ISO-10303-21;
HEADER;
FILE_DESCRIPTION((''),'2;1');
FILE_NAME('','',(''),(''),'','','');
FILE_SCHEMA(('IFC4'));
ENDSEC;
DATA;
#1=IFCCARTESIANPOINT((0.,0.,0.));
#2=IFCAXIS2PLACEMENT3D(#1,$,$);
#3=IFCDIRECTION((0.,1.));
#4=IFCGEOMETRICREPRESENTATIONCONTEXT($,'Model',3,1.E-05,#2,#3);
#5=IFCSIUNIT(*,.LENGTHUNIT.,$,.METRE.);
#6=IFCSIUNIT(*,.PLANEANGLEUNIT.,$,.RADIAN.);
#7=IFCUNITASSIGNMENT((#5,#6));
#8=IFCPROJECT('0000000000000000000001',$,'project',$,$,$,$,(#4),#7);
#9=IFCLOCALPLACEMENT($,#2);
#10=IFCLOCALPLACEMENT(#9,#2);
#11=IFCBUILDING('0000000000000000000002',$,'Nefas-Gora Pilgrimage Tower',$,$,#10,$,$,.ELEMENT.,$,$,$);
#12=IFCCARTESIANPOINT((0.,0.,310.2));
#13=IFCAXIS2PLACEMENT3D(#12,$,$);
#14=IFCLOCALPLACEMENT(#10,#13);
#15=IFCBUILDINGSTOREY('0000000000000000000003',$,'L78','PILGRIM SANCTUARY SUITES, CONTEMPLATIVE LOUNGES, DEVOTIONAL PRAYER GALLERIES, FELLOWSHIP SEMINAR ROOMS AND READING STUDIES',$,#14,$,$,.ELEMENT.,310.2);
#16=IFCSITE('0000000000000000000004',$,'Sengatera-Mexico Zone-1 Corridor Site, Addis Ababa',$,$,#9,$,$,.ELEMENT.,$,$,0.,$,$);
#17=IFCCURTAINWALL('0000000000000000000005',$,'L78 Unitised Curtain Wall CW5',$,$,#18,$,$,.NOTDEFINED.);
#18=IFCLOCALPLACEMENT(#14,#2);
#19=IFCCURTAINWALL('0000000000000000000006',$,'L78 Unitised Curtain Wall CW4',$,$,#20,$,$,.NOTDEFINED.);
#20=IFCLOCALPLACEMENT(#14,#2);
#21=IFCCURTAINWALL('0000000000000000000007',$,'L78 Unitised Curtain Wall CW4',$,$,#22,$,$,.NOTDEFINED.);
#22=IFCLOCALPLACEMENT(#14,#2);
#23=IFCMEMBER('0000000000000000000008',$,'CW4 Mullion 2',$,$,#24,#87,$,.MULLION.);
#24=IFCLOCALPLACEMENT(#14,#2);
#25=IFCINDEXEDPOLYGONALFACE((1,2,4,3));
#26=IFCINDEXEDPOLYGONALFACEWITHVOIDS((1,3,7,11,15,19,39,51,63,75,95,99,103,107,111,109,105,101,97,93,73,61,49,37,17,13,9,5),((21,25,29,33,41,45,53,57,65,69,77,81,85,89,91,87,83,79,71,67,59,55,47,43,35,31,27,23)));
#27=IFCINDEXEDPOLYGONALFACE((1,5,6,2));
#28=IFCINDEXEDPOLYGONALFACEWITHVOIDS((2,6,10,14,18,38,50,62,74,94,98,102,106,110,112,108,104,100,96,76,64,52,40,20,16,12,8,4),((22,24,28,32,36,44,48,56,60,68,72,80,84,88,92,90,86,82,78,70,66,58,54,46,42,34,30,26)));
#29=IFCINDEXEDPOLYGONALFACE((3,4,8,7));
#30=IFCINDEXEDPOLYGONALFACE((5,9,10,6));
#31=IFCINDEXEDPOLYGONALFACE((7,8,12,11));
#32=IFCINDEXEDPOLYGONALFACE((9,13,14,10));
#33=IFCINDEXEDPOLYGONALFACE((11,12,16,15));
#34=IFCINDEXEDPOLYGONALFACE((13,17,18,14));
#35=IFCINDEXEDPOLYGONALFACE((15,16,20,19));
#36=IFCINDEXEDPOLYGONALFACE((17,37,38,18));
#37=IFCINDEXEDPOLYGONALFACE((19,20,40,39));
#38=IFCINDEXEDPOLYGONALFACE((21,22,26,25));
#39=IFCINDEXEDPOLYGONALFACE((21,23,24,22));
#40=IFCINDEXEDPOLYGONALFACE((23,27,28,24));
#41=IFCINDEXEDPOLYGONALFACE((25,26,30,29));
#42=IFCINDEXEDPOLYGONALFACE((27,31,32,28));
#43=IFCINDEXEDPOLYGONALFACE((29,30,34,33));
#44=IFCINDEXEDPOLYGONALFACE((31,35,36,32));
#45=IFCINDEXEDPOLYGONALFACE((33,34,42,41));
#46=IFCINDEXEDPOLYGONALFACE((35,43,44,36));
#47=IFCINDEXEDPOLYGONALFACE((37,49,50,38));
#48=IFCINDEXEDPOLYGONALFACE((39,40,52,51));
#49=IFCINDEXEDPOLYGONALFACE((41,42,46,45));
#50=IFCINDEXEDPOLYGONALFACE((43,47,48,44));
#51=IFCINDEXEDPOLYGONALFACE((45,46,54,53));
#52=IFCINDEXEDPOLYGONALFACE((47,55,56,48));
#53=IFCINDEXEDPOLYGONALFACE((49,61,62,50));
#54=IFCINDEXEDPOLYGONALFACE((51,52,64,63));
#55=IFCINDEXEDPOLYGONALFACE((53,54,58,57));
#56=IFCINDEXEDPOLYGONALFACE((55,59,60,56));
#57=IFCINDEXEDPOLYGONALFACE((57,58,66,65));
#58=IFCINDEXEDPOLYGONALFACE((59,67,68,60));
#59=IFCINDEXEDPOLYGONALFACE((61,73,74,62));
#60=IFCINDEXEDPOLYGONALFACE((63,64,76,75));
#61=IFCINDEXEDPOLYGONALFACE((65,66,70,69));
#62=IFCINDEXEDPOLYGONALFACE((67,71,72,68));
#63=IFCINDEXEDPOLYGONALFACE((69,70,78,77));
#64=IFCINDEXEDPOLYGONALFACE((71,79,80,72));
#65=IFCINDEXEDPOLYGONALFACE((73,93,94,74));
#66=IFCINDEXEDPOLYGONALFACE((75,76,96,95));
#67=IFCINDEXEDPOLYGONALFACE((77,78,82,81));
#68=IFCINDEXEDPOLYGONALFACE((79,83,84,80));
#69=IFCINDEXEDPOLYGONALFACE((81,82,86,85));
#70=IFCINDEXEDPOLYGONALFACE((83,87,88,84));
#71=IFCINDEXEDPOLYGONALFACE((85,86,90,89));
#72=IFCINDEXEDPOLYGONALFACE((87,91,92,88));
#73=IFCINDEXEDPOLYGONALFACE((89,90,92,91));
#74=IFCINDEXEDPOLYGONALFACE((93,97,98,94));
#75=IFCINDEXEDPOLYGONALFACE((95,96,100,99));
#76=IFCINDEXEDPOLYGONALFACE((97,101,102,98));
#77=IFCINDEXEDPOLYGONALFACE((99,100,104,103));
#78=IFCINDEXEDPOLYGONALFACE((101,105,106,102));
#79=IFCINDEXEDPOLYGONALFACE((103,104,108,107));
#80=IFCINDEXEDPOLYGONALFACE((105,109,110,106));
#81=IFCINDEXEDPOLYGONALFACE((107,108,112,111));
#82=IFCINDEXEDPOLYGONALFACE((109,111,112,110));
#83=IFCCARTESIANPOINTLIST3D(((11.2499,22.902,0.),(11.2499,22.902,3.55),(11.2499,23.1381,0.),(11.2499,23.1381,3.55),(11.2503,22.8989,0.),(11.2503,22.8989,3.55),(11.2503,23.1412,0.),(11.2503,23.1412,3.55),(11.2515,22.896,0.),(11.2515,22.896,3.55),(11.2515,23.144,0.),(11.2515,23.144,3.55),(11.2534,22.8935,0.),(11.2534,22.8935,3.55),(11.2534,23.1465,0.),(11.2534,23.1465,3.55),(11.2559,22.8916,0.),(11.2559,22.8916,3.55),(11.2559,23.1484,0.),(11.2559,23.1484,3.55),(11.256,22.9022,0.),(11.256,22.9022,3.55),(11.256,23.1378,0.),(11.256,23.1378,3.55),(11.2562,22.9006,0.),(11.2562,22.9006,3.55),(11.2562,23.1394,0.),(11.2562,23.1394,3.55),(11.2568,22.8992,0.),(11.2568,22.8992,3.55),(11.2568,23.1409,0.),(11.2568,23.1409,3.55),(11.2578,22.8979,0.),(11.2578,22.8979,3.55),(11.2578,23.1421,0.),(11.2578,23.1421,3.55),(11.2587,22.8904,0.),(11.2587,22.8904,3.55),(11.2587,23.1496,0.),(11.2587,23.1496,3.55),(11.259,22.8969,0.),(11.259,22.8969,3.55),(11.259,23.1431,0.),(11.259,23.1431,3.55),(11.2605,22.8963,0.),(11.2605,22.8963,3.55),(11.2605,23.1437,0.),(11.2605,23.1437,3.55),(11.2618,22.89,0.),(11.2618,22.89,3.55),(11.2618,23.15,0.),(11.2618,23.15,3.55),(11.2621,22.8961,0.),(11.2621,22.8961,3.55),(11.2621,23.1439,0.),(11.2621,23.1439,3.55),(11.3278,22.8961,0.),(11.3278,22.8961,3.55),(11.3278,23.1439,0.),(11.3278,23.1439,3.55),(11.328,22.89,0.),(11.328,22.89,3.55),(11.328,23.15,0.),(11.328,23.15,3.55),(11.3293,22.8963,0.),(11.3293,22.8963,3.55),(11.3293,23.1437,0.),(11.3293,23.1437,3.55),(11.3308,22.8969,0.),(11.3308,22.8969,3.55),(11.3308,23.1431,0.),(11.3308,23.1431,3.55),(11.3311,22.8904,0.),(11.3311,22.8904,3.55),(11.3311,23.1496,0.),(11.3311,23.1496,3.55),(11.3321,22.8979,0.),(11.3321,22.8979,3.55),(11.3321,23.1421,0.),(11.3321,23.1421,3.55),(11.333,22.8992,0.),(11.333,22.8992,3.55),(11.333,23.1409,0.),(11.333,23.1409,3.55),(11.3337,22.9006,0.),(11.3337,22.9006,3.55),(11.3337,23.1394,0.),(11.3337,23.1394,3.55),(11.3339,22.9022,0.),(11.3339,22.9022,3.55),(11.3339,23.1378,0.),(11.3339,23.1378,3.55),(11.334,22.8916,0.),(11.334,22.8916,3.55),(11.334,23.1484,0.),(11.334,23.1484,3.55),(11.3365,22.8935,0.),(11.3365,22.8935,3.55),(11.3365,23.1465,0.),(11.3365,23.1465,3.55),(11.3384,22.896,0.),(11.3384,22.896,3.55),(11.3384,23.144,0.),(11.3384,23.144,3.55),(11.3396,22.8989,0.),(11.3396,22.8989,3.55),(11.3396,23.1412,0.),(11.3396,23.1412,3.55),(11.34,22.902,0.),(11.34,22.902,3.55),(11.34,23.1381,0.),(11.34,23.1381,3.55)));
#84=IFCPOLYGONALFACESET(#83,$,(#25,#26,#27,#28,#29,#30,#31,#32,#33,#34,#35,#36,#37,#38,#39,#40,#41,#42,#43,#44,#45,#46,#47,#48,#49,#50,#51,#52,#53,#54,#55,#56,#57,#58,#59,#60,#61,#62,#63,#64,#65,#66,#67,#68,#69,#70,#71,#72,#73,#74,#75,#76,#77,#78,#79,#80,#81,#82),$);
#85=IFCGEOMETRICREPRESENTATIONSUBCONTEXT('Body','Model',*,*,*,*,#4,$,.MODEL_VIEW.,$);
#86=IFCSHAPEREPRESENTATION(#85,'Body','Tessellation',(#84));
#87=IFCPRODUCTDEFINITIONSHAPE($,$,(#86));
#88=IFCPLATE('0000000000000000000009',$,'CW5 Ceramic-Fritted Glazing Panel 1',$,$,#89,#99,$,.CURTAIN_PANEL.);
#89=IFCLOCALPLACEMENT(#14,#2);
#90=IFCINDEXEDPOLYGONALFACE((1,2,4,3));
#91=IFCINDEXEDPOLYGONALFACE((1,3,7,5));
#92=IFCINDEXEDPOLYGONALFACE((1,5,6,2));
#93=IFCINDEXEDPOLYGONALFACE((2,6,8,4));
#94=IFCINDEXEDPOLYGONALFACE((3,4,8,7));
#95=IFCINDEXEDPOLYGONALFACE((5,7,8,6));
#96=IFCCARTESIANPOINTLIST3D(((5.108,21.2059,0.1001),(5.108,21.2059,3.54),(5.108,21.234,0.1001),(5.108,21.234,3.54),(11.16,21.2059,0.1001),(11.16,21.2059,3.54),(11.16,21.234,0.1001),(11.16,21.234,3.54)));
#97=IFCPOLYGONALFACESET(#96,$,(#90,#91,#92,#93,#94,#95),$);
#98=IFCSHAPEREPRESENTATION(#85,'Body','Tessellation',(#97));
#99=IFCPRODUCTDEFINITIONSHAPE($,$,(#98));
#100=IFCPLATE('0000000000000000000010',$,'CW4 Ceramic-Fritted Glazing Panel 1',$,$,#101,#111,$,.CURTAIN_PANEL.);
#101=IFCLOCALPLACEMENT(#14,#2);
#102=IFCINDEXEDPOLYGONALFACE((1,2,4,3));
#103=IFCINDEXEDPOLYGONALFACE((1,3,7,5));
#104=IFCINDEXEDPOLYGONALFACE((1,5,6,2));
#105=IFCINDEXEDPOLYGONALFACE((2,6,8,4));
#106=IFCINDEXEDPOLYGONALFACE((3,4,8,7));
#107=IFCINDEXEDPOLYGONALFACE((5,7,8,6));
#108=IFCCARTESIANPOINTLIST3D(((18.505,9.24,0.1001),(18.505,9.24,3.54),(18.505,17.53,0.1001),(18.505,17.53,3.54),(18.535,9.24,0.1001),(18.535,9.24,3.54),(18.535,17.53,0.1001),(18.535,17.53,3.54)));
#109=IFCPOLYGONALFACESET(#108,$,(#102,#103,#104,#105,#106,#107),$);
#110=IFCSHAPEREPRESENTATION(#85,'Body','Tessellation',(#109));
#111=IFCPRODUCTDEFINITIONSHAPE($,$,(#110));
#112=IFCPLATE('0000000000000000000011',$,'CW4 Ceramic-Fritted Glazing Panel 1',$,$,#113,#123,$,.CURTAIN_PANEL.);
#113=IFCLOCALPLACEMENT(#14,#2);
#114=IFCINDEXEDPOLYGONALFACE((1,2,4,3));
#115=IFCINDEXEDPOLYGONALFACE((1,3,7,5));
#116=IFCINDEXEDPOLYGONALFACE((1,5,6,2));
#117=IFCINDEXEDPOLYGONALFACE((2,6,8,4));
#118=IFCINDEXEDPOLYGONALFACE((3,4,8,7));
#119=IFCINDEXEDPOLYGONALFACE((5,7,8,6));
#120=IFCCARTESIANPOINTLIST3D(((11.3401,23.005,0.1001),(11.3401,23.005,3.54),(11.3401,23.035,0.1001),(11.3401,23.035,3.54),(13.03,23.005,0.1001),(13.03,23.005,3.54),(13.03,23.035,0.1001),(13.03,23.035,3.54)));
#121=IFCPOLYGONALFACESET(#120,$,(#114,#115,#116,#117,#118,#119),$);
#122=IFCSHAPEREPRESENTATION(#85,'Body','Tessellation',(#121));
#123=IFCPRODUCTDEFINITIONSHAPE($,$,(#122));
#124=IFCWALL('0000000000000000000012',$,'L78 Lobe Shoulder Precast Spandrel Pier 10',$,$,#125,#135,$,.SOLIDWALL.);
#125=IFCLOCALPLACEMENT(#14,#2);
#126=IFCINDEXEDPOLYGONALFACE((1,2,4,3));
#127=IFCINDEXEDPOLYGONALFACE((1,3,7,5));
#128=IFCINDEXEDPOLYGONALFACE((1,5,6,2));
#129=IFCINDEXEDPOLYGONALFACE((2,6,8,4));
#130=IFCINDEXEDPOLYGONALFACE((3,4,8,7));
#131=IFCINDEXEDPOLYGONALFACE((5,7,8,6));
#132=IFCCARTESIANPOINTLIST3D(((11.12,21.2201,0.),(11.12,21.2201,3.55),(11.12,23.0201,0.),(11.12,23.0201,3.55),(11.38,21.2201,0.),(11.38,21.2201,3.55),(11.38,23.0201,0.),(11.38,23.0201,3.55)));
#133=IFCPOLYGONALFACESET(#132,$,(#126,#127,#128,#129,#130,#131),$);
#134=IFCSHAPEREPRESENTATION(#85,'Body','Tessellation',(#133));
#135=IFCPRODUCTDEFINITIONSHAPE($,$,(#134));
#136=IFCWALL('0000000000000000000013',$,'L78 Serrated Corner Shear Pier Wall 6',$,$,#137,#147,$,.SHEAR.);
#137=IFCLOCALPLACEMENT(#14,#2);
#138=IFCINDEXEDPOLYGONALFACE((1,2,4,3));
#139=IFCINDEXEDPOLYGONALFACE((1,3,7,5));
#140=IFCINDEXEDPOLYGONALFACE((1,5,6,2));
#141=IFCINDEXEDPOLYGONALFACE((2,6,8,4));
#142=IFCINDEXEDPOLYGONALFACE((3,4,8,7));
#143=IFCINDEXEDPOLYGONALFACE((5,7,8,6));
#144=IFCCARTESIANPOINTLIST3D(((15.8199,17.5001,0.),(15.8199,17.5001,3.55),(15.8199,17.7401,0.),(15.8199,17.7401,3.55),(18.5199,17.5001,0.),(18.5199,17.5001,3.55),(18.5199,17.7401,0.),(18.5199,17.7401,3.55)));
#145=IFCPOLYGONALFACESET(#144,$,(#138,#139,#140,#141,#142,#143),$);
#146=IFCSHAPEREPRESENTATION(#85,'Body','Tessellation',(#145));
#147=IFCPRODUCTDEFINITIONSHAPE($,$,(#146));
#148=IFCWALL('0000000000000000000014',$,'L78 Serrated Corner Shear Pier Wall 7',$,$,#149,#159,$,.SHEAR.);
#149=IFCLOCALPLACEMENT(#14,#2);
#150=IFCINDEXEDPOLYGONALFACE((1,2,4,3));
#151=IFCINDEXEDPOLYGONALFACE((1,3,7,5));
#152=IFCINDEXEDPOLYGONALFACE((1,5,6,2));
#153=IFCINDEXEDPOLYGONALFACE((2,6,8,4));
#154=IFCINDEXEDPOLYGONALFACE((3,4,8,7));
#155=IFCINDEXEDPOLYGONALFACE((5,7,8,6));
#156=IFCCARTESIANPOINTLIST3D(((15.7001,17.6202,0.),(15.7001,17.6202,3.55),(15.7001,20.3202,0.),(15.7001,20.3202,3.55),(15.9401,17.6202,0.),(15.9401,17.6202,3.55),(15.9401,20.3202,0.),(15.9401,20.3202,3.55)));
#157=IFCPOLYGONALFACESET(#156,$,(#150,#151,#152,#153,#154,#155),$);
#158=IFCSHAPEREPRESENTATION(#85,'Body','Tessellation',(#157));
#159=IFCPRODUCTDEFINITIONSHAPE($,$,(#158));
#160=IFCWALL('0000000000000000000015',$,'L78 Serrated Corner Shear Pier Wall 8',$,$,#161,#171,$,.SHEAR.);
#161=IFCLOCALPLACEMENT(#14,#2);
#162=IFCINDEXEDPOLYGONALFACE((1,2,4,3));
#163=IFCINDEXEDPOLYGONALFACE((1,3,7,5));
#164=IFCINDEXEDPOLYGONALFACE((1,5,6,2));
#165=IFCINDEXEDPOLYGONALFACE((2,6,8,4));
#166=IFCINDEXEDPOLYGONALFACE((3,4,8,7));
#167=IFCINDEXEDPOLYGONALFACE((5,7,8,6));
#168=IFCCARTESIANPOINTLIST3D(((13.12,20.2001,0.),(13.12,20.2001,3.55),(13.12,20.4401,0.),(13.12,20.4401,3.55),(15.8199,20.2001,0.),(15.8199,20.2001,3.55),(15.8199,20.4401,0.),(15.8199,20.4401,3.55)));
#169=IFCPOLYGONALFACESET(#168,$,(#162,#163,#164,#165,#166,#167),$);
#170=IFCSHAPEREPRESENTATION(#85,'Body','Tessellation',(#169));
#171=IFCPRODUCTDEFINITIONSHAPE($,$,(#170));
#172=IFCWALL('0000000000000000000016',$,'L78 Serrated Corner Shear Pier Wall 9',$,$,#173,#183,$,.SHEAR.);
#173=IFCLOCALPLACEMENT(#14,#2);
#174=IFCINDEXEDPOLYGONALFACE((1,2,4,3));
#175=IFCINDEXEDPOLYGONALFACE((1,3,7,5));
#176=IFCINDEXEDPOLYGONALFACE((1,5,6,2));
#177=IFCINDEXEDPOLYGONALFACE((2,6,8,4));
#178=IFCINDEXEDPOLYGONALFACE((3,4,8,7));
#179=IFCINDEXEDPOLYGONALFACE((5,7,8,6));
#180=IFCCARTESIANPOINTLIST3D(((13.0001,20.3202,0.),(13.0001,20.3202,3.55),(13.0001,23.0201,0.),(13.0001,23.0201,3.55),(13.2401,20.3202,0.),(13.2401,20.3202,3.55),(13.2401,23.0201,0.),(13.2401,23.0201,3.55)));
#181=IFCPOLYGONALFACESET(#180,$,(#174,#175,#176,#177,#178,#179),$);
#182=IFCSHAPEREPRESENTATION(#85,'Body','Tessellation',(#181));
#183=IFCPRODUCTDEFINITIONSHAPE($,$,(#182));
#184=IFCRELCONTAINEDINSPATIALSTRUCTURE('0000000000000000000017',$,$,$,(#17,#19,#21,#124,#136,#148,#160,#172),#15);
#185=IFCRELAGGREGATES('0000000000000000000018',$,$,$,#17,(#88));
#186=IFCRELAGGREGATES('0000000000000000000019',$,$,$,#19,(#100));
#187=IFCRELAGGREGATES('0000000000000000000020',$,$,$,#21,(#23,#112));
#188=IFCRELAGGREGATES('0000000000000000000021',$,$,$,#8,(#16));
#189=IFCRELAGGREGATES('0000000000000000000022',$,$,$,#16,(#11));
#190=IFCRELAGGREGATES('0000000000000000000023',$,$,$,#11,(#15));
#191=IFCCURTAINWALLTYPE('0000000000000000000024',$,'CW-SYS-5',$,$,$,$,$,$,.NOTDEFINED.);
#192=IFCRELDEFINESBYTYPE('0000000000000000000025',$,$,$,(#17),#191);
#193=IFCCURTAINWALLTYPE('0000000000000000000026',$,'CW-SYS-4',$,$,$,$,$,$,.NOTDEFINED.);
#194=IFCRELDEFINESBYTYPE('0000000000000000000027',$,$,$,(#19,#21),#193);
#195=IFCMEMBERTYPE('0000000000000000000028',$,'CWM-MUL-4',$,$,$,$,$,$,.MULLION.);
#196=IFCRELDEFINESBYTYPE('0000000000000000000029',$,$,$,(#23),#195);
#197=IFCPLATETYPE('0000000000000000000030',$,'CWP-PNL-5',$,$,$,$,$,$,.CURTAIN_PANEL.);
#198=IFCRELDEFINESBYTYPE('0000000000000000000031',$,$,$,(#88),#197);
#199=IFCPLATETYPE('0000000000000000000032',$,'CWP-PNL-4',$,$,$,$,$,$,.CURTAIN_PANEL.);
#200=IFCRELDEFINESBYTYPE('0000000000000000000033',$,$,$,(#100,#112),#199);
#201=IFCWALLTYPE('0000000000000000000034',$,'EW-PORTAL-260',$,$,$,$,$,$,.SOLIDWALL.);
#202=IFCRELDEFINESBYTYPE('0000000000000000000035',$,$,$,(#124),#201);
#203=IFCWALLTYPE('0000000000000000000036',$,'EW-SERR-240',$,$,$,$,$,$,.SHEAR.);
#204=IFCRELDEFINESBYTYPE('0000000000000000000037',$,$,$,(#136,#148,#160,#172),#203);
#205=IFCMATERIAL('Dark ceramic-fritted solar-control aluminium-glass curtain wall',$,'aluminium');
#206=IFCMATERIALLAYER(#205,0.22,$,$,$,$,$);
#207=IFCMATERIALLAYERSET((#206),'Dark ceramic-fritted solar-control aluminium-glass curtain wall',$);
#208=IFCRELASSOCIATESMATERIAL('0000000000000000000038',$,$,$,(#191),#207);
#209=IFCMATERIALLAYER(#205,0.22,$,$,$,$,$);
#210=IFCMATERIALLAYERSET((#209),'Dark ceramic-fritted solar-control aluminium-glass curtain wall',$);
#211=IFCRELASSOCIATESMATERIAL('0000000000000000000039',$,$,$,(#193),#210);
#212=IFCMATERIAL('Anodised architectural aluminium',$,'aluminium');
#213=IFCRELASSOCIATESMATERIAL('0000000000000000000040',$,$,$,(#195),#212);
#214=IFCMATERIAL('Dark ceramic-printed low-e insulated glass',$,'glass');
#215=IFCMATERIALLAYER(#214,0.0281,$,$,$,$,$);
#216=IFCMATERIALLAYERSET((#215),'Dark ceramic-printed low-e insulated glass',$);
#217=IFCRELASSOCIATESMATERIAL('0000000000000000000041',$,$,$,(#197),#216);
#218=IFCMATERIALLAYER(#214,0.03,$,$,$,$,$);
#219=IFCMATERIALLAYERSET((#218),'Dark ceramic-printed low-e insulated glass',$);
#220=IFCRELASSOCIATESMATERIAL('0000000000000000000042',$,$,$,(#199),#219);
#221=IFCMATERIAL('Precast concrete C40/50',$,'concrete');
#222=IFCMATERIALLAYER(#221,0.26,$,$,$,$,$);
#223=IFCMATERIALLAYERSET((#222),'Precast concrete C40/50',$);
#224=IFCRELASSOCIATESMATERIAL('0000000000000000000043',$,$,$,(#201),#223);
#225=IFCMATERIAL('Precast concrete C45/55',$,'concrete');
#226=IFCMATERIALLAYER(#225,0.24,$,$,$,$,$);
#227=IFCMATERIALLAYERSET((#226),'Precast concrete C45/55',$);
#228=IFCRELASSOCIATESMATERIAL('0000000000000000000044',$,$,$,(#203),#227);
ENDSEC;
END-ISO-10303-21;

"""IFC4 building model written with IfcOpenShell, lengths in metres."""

from ifc_helpers import new_model, si_unit, direction, frame, frame_2d, origin, origin_2d, place, context, subcontext, project, spatial, rectangle, hollow_rectangle, extrude, source, transform, mapped, material, layer, layer_set, material_profile, profile_set, type_object, element, aggregate, save


model = new_model("IFC4")

# Units and contexts
model_context = context("Model", 3, precision=1e-05, world=origin(), true_north=direction((0.0, 1.0)))
body_context = subcontext(model_context, "Body", "Model", "MODEL_VIEW")
ifc_project = project(units=[si_unit("LENGTHUNIT", "METRE"), si_unit("PLANEANGLEUNIT", "RADIAN")], contexts=[model_context])

# Site, building, storey
site_placement = place(None, origin())
site = spatial("IfcSite", under=ifc_project, at=site_placement, Name="Sengatera-Mexico Zone-1 Corridor Site, Addis Ababa", CompositionType="ELEMENT", RefElevation=0.0)
building_placement = place(site_placement, origin())
building = spatial("IfcBuilding", under=site, at=building_placement, Name="Nefas-Gora Pilgrimage Tower", CompositionType="ELEMENT")
storey_placement = place(building_placement, frame((0.0, 0.0, 310.2)))
storey = spatial("IfcBuildingStorey", under=building, at=storey_placement, Name="L78", Description="PILGRIM SANCTUARY SUITES, CONTEMPLATIVE LOUNGES, DEVOTIONAL PRAYER GALLERIES, FELLOWSHIP SEMINAR ROOMS AND READING STUDIES", CompositionType="ELEMENT", Elevation=310.2)

# Curtain wall
ifc_material_1 = material(Name="Dark ceramic-fritted solar-control aluminium-glass curtain wall", Category="aluminium")
ifc_layer_1 = layer(ifc_material_1, 0.22)
ifc_layer_set_1 = layer_set([ifc_layer_1], Name="Dark ceramic-fritted solar-control aluminium-glass curtain wall")
curtain_wall_type_1 = type_object("IfcCurtainWallType", Name="CW-SYS-5", PredefinedType="NOTDEFINED", material=ifc_layer_set_1)
curtain_wall_1_placement = place(storey_placement, origin())
curtain_wall_1 = element("IfcCurtainWall", 1, at=curtain_wall_1_placement, inside=storey, type_object=curtain_wall_type_1, Name="L78 Unitised Curtain Wall CW5", PredefinedType="NOTDEFINED")
ifc_material_2 = material(Name="Anodised architectural aluminium", Category="aluminium")

# Curtain walls
ifc_layer_2 = layer(ifc_material_1, 0.22)
ifc_layer_set_2 = layer_set([ifc_layer_2], Name="Dark ceramic-fritted solar-control aluminium-glass curtain wall")
curtain_wall_type_2 = type_object("IfcCurtainWallType", Name="CW-SYS-4", PredefinedType="NOTDEFINED", material=ifc_layer_set_2)
curtain_wall_2_placement = place(storey_placement, origin())
curtain_wall_2 = element("IfcCurtainWall", 2, at=curtain_wall_2_placement, inside=storey, type_object=curtain_wall_type_2, Name="L78 Unitised Curtain Wall CW4", PredefinedType="NOTDEFINED")
curtain_wall_3_placement = place(storey_placement, origin())
curtain_wall_3 = element("IfcCurtainWall", 3, at=curtain_wall_3_placement, inside=storey, type_object=curtain_wall_type_2, Name="L78 Unitised Curtain Wall CW4", PredefinedType="NOTDEFINED")

# Member
ifc_material_profile_1 = material_profile(ifc_material_2, hollow_rectangle(XDim=0.0901, YDim=0.26, WallThickness=0.0061, InnerFilletRadius=0.0061, OuterFilletRadius=0.012, at=origin_2d()), Name="ALU MULLION 90x260")
ifc_profile_set_1 = profile_set([ifc_material_profile_1], Name="Anodised architectural aluminium")
member_type_1 = type_object("IfcMemberType", Name="CWM-MUL-4", PredefinedType="MULLION", material=ifc_profile_set_1)
shared_shape_1 = source(origin(), body_context, "Body", "SweptSolid", [
    extrude(hollow_rectangle(XDim=0.0901, YDim=0.26, WallThickness=0.0061, InnerFilletRadius=0.0061, OuterFilletRadius=0.012, at=origin_2d()), origin(), (0.0, 0.0, 1.0), 3.55),
])
member_1_placement = place(storey_placement, frame((11.2949, 23.02, 0.0), z_axis=(0.0, 0.0, 1.0), x_axis=(-1.0, 0.0, 0.0)))
member_1 = element("IfcMember", 4, at=member_1_placement, type_object=member_type_1, Name="CW4 Mullion 2", PredefinedType="MULLION", context=body_context, shape_type="MappedRepresentation", body=[
    mapped(shared_shape_1, transform((0.0, 0.0, 0.0), x_axis=(1.0, 0.0, 0.0), y_axis=(0.0, 1.0, 0.0), z_axis=(0.0, 0.0, 1.0), scale=1.0)),
])

# Plates
ifc_material_3 = material(Name="Dark ceramic-printed low-e insulated glass", Category="glass")
ifc_layer_3 = layer(ifc_material_3, 0.0281)
ifc_layer_set_3 = layer_set([ifc_layer_3], Name="Dark ceramic-printed low-e insulated glass")
plate_type_1 = type_object("IfcPlateType", Name="CWP-PNL-5", PredefinedType="CURTAIN_PANEL", material=ifc_layer_set_3)
shared_shape_2 = source(origin(), body_context, "Body", "SweptSolid", [
    extrude(rectangle(XDim=6.052, YDim=0.0281, at=origin_2d()), origin(), (0.0, 0.0, 1.0), 3.4399),
])
plate_1_placement = place(storey_placement, frame((8.134, 21.22, 0.1001), z_axis=(0.0, 0.0, 1.0), x_axis=(-1.0, 0.0, 0.0)))
plate_1 = element("IfcPlate", 5, at=plate_1_placement, type_object=plate_type_1, Name="CW5 Ceramic-Fritted Glazing Panel 1", PredefinedType="CURTAIN_PANEL", context=body_context, shape_type="MappedRepresentation", body=[
    mapped(shared_shape_2, transform((0.0, 0.0, 0.0), x_axis=(1.0, 0.0, 0.0), y_axis=(0.0, 1.0, 0.0), z_axis=(0.0, 0.0, 1.0), scale=1.0)),
])
aggregate(curtain_wall_1, [plate_1])
ifc_layer_4 = layer(ifc_material_3, 0.03)
ifc_layer_set_4 = layer_set([ifc_layer_4], Name="Dark ceramic-printed low-e insulated glass")
plate_type_2 = type_object("IfcPlateType", Name="CWP-PNL-4", PredefinedType="CURTAIN_PANEL", material=ifc_layer_set_4)
shared_shape_3 = source(origin(), body_context, "Body", "SweptSolid", [
    extrude(rectangle(XDim=8.29, YDim=0.03, at=origin_2d()), origin(), (0.0, 0.0, 1.0), 3.4399),
])
plate_2_placement = place(storey_placement, frame((18.52, 13.385, 0.1001), z_axis=(0.0, 0.0, 1.0), x_axis=(0.0, 1.0, 0.0)))
plate_2 = element("IfcPlate", 6, at=plate_2_placement, type_object=plate_type_2, Name="CW4 Ceramic-Fritted Glazing Panel 1", PredefinedType="CURTAIN_PANEL", context=body_context, shape_type="MappedRepresentation", body=[
    mapped(shared_shape_3, transform((0.0, 0.0, 0.0), x_axis=(1.0, 0.0, 0.0), y_axis=(0.0, 1.0, 0.0), z_axis=(0.0, 0.0, 1.0), scale=1.0)),
])
aggregate(curtain_wall_2, [plate_2])
shared_shape_4 = source(origin(), body_context, "Body", "SweptSolid", [
    extrude(rectangle(XDim=1.6899, YDim=0.03, at=origin_2d()), origin(), (0.0, 0.0, 1.0), 3.4399),
])
plate_3_placement = place(storey_placement, frame((12.1851, 23.02, 0.1001), z_axis=(0.0, 0.0, 1.0), x_axis=(-1.0, 0.0, 0.0)))
plate_3 = element("IfcPlate", 7, at=plate_3_placement, type_object=plate_type_2, Name="CW4 Ceramic-Fritted Glazing Panel 1", PredefinedType="CURTAIN_PANEL", context=body_context, shape_type="MappedRepresentation", body=[
    mapped(shared_shape_4, transform((0.0, 0.0, 0.0), x_axis=(1.0, 0.0, 0.0), y_axis=(0.0, 1.0, 0.0), z_axis=(0.0, 0.0, 1.0), scale=1.0)),
])
aggregate(curtain_wall_3, [member_1, plate_3])

# Walls
ifc_material_4 = material(Name="Precast concrete C40/50", Category="concrete")
ifc_layer_5 = layer(ifc_material_4, 0.26)
ifc_layer_set_5 = layer_set([ifc_layer_5], Name="Precast concrete C40/50")
wall_type_1 = type_object("IfcWallType", Name="EW-PORTAL-260", PredefinedType="SOLIDWALL", material=ifc_layer_set_5)
shared_shape_5 = source(origin(), body_context, "Body", "SweptSolid", [
    extrude(rectangle(XDim=1.8, YDim=0.26, at=frame_2d((0.8999, 0.0))), origin(), (0.0, 0.0, 1.0), 3.55),
])
wall_1_placement = place(storey_placement, frame((11.25, 23.02, 0.0), z_axis=(0.0, 0.0, 1.0), x_axis=(0.0, -1.0, 0.0)))
element("IfcWall", 8, at=wall_1_placement, inside=storey, type_object=wall_type_1, Name="L78 Lobe Shoulder Precast Spandrel Pier 10", PredefinedType="SOLIDWALL", context=body_context, shape_type="MappedRepresentation", body=[
    mapped(shared_shape_5, transform((0.0, 0.0, 0.0), x_axis=(1.0, 0.0, 0.0), y_axis=(0.0, 1.0, 0.0), z_axis=(0.0, 0.0, 1.0), scale=1.0)),
])
ifc_material_5 = material(Name="Precast concrete C45/55", Category="concrete")
ifc_layer_6 = layer(ifc_material_5, 0.24)
ifc_layer_set_6 = layer_set([ifc_layer_6], Name="Precast concrete C45/55")
wall_type_2 = type_object("IfcWallType", Name="EW-SERR-240", PredefinedType="SHEAR", material=ifc_layer_set_6)
shared_shape_6 = source(origin(), body_context, "Body", "SweptSolid", [
    extrude(rectangle(XDim=2.7, YDim=0.24, at=frame_2d((1.3501, 0.0))), origin(), (0.0, 0.0, 1.0), 3.55),
])
for number, where, z_axis, x_axis, name in (
    (9, (18.52, 17.6201, 0.0), (0.0, 0.0, 1.0), (-1.0, 0.0, 0.0), "L78 Serrated Corner Shear Pier Wall 6"),
    (10, (15.8201, 17.6201, 0.0), (0.0, 0.0, 1.0), (0.0, 1.0, 0.0), "L78 Serrated Corner Shear Pier Wall 7"),
    (11, (15.8201, 20.3201, 0.0), (0.0, 0.0, 1.0), (-1.0, 0.0, 0.0), "L78 Serrated Corner Shear Pier Wall 8"),
    (12, (13.1201, 20.3201, 0.0), (0.0, 0.0, 1.0), (0.0, 1.0, 0.0), "L78 Serrated Corner Shear Pier Wall 9"),
):
    element("IfcWall", number, at=place(storey_placement, frame(where, z_axis=z_axis, x_axis=x_axis)), inside=storey, type_object=wall_type_2, Name=name, PredefinedType="SHEAR", context=body_context, shape_type="MappedRepresentation", body=[
        mapped(shared_shape_6, transform((0.0, 0.0, 0.0), x_axis=(1.0, 0.0, 0.0), y_axis=(0.0, 1.0, 0.0), z_axis=(0.0, 0.0, 1.0), scale=1.0)),
    ])

save(model, "model.ifc")
